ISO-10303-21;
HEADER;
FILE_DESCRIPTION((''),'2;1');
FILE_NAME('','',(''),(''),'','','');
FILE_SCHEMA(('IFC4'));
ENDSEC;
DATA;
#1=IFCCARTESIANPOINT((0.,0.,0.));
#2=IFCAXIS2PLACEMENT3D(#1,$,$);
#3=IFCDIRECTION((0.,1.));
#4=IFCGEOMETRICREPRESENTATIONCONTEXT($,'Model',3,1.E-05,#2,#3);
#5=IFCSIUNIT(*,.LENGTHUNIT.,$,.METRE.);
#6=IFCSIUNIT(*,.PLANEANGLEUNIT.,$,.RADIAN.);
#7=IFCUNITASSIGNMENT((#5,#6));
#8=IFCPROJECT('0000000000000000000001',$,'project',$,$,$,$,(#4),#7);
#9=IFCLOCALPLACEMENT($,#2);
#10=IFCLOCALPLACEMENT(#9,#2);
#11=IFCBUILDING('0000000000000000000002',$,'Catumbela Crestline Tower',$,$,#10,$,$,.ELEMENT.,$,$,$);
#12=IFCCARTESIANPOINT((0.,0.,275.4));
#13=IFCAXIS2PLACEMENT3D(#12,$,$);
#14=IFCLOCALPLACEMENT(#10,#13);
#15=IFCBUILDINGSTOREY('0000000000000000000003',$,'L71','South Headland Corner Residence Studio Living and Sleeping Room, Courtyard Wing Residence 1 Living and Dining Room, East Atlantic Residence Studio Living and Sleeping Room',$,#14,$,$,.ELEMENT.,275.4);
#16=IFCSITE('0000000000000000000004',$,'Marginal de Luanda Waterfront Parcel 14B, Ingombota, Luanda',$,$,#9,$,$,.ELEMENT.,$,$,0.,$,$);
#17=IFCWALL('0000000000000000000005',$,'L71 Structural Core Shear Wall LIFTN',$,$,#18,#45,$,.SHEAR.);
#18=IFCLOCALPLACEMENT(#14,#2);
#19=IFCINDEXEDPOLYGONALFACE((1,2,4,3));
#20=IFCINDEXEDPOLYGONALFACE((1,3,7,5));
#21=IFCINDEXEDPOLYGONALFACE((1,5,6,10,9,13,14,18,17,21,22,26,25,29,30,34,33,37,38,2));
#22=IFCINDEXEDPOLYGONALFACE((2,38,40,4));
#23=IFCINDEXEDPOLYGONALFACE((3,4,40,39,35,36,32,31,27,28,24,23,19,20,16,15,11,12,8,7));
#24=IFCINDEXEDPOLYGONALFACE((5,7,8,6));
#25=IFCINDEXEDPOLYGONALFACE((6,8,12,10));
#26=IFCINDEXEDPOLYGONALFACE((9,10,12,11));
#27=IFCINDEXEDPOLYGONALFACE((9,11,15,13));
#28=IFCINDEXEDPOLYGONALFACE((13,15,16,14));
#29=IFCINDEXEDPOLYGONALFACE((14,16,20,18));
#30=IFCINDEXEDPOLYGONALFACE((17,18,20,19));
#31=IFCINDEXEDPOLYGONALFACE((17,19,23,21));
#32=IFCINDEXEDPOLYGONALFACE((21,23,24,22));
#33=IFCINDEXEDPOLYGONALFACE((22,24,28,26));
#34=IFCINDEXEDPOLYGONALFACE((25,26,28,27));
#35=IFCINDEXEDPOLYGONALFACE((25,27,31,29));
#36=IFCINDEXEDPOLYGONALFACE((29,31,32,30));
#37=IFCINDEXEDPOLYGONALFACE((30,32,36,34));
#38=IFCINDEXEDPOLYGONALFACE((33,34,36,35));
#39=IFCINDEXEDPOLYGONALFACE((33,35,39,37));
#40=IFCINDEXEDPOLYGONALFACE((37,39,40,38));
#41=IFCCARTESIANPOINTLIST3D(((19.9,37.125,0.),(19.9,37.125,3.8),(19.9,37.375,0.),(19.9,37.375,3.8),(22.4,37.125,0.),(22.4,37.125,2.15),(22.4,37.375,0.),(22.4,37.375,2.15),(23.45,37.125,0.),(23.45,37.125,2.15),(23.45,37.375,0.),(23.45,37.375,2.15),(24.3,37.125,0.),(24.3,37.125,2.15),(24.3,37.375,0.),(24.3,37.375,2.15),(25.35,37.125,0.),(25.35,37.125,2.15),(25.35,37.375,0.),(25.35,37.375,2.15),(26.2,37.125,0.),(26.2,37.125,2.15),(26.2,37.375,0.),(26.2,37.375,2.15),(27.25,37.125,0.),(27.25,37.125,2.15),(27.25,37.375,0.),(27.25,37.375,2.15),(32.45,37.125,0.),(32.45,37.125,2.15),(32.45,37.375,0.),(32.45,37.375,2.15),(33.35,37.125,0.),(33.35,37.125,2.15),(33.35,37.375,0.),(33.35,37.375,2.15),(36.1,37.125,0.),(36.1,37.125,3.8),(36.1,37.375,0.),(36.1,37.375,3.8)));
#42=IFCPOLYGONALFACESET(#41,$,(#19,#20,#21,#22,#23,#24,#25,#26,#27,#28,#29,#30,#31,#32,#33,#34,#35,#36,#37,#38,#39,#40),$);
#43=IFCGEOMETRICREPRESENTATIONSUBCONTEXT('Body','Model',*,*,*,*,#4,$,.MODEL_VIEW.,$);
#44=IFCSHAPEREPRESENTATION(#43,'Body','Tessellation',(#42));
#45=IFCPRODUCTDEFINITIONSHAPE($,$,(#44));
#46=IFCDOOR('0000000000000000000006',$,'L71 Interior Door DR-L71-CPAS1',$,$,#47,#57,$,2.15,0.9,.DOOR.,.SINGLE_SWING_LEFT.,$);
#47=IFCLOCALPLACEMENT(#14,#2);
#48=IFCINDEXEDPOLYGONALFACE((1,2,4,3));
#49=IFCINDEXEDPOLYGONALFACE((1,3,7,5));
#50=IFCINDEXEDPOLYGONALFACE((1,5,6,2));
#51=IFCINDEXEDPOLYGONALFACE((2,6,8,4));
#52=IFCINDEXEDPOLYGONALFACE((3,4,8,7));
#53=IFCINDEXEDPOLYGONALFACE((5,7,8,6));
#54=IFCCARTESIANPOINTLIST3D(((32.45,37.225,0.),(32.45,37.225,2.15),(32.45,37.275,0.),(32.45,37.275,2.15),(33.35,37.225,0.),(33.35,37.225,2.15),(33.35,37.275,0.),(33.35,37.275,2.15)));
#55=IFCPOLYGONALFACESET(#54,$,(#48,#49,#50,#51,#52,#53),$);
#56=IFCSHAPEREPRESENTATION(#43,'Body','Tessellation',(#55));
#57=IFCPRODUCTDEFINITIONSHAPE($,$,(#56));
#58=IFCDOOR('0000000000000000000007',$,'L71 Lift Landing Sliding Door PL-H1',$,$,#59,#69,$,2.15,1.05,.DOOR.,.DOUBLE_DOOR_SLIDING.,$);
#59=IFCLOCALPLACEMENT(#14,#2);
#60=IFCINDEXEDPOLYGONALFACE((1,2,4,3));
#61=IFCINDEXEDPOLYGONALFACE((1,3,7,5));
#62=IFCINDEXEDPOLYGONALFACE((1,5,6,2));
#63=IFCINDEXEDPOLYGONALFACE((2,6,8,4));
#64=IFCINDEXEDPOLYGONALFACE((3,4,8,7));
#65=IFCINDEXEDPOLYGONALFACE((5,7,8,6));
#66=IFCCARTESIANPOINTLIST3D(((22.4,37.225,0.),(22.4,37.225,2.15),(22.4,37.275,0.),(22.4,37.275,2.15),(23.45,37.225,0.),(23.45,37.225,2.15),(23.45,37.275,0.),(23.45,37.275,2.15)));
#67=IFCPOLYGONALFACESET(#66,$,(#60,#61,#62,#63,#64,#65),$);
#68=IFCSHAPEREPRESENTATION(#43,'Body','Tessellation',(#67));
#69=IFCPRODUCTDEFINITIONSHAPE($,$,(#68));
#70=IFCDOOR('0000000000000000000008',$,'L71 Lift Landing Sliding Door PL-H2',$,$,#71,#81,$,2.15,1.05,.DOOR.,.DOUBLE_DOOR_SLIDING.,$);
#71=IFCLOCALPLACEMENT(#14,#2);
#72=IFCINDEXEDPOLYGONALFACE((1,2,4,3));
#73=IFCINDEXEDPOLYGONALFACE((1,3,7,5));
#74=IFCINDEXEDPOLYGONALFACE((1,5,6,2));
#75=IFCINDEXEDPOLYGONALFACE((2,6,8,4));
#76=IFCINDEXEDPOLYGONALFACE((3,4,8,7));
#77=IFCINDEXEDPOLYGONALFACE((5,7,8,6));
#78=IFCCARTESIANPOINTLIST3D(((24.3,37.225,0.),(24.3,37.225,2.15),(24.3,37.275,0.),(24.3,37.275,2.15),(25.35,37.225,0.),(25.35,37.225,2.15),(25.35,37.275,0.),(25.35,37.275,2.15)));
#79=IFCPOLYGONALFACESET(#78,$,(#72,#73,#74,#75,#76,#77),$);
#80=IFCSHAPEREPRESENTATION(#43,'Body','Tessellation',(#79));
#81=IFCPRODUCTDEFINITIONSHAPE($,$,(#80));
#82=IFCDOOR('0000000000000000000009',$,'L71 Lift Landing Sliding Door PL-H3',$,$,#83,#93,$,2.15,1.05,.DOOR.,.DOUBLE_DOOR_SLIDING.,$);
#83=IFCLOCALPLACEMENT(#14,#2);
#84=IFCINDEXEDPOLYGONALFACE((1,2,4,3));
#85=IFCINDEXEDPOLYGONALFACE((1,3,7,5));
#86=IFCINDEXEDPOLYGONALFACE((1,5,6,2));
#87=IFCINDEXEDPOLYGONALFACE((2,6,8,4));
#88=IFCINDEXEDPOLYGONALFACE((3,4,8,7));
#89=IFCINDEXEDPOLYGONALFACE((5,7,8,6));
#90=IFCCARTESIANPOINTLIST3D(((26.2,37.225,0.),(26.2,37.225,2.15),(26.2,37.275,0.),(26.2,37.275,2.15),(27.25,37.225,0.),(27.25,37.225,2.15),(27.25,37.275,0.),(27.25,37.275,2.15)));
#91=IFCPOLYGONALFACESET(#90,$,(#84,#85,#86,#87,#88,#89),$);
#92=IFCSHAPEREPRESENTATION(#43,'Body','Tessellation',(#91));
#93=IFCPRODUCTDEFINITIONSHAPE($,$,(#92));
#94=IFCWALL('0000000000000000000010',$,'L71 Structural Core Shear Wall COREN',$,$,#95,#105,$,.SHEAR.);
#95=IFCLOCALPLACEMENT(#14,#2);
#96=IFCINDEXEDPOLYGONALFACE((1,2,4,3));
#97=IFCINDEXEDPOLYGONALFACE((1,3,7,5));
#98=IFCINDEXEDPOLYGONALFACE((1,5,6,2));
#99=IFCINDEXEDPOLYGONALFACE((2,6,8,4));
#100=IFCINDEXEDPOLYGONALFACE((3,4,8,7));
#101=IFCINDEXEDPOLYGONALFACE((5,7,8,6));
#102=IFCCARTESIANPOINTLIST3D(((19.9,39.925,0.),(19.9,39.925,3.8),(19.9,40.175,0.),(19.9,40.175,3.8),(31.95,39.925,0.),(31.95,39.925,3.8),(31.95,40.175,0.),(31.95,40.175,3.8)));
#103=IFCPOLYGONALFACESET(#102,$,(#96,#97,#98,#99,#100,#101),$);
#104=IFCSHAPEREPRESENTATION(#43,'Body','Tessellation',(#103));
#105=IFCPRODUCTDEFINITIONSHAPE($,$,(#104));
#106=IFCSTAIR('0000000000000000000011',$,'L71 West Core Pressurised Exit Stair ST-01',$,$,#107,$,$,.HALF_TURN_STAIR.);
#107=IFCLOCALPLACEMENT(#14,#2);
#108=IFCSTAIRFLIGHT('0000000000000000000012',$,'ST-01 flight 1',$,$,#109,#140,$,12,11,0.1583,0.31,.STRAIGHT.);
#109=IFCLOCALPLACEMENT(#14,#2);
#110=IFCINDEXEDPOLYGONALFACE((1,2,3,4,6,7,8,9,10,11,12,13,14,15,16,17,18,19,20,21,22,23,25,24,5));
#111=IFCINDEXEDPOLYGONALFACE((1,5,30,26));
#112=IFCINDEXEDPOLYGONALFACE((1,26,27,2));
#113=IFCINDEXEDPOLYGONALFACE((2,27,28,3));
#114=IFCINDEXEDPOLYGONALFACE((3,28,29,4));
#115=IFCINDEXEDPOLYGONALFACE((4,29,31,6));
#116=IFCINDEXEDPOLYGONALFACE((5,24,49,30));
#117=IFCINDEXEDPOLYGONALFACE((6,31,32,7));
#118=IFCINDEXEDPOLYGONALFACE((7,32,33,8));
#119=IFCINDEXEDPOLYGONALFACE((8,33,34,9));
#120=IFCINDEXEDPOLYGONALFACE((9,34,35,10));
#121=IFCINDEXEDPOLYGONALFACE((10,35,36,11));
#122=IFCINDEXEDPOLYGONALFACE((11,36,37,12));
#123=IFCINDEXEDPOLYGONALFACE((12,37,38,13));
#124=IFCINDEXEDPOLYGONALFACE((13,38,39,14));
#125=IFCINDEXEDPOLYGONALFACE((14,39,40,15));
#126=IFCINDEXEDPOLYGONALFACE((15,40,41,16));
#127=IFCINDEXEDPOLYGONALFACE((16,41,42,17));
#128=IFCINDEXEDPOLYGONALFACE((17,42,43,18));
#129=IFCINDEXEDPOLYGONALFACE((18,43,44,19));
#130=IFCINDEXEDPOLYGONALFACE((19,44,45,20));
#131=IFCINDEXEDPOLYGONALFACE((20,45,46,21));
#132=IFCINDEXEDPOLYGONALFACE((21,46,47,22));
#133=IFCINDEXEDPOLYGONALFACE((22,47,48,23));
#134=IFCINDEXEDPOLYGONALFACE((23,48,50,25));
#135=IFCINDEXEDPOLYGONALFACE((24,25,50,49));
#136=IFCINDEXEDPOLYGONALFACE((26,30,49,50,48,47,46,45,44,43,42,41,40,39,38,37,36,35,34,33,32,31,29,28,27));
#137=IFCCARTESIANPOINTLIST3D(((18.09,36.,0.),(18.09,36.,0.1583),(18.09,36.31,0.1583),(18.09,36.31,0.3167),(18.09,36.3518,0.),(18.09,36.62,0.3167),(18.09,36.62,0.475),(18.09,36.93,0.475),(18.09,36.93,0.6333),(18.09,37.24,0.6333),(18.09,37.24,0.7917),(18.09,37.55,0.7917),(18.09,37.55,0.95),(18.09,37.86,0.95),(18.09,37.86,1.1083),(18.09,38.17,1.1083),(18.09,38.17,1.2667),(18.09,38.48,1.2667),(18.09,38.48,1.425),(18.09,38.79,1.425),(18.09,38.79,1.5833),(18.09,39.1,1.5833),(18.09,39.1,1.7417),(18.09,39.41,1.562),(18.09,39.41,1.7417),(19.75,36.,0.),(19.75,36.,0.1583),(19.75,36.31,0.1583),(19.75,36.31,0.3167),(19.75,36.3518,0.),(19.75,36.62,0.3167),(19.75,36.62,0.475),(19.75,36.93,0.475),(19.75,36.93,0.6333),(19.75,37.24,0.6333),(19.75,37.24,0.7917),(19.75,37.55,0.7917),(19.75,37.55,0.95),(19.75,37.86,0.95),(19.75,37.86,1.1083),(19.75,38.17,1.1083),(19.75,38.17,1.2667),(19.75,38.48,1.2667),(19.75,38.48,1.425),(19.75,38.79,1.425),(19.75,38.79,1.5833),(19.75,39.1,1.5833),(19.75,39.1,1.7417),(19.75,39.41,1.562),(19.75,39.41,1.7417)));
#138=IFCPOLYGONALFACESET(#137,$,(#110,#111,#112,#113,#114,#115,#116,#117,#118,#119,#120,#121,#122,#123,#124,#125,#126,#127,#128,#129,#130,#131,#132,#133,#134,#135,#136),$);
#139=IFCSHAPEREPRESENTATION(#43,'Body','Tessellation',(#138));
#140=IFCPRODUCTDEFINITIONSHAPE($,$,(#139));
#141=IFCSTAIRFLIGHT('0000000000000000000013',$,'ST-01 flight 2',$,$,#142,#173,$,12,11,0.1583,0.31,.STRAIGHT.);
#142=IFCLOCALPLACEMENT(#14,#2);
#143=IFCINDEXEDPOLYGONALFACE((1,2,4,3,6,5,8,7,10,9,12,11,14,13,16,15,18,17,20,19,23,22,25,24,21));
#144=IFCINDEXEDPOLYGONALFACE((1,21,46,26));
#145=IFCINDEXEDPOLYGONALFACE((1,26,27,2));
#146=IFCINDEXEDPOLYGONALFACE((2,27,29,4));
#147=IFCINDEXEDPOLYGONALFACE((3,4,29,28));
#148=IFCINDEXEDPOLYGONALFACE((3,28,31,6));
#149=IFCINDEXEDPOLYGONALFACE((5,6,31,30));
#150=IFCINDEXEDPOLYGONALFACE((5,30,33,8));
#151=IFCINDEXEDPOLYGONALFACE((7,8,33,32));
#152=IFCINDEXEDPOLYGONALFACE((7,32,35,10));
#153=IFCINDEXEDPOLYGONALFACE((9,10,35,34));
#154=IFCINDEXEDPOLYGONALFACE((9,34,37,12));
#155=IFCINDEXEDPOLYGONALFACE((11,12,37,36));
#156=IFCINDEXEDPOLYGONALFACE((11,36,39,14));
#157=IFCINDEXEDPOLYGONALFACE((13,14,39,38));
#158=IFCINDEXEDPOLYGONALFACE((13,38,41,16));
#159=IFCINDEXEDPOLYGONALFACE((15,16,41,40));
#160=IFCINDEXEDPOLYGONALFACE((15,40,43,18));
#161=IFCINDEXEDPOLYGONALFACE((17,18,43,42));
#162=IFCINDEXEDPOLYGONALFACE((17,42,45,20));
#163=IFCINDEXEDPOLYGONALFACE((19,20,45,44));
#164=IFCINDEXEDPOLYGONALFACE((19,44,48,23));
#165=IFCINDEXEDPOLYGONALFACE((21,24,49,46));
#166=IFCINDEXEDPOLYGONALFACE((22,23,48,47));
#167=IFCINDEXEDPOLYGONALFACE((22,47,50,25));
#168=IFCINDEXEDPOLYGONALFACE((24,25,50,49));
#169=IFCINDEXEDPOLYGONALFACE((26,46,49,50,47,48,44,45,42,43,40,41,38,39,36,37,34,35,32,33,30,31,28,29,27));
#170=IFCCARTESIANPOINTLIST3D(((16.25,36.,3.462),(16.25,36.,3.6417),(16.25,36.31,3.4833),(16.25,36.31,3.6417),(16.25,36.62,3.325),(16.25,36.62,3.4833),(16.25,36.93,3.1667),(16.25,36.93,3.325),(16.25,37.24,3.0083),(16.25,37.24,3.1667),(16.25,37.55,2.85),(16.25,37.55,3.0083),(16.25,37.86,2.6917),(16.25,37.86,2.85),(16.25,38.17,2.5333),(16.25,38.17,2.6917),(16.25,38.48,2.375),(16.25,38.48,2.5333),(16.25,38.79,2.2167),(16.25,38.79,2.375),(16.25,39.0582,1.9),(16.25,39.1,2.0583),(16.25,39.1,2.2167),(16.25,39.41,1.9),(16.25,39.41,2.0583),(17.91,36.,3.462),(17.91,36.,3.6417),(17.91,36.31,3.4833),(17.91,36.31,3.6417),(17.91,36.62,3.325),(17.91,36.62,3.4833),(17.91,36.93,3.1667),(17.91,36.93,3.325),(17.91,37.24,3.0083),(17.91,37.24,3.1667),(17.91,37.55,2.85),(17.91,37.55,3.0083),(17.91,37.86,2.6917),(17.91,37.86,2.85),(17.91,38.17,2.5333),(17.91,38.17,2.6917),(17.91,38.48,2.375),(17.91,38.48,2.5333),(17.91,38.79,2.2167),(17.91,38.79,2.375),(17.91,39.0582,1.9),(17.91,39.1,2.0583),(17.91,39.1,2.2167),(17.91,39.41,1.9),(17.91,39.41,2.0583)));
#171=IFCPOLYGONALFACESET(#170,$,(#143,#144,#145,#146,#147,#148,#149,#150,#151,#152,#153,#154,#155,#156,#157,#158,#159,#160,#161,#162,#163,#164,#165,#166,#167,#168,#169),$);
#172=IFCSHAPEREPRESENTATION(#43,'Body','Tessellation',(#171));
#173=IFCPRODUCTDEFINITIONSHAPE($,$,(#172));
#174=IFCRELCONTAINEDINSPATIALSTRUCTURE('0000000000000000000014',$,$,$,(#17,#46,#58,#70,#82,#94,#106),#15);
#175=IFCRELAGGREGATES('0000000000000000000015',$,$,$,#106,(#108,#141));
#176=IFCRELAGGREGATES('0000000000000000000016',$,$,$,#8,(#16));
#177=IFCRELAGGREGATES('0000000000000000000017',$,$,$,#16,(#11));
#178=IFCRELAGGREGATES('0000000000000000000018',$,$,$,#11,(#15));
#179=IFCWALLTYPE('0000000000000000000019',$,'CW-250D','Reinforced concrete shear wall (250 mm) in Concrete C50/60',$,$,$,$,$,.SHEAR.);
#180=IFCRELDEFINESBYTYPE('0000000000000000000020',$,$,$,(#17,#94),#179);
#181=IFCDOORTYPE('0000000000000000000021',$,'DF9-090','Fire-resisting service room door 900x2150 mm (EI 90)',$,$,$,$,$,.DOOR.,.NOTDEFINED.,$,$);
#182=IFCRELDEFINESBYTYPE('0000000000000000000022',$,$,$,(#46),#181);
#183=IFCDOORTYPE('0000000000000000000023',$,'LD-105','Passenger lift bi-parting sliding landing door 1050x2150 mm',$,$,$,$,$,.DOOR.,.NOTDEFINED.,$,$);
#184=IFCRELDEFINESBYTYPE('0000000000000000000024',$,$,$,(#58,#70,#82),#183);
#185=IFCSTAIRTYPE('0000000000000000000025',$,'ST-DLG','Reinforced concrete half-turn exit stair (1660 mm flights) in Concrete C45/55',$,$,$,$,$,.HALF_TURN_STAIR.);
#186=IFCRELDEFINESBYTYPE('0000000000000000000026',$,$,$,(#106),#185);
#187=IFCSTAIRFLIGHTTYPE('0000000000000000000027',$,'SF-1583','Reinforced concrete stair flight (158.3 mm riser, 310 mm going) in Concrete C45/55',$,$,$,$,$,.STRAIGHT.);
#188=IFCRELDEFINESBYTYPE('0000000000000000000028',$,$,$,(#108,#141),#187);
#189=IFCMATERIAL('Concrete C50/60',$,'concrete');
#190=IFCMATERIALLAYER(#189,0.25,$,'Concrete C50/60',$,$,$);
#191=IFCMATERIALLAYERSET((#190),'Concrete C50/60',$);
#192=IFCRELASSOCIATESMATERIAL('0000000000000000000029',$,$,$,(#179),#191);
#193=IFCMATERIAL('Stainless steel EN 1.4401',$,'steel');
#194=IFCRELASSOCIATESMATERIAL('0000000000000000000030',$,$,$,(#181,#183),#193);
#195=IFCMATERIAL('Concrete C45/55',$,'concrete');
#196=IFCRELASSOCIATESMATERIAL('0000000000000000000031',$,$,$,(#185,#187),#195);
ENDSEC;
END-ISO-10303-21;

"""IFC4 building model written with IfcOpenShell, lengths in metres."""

from ifc_helpers import new_model, si_unit, direction, frame, frame_2d, origin, place, context, subcontext, project, spatial, polyline, rectangle, outline, extrude, material, layer, layer_set, type_object, element, fill, aggregate, save


model = new_model("IFC4")

# Units and contexts
model_context = context("Model", 3, precision=1e-05, world=origin(), true_north=direction((0.0, 1.0)))
body_context = subcontext(model_context, "Body", "Model", "MODEL_VIEW")
ifc_project = project(units=[si_unit("LENGTHUNIT", "METRE"), si_unit("PLANEANGLEUNIT", "RADIAN")], contexts=[model_context])

# Site, building, storey
site_placement = place(None, origin())
site = spatial("IfcSite", under=ifc_project, at=site_placement, Name="Marginal de Luanda Waterfront Parcel 14B, Ingombota, Luanda", CompositionType="ELEMENT", RefElevation=0.0)
building_placement = place(site_placement, origin())
building = spatial("IfcBuilding", under=site, at=building_placement, Name="Catumbela Crestline Tower", CompositionType="ELEMENT")
storey_placement = place(building_placement, frame((0.0, 0.0, 275.4)))
storey = spatial("IfcBuildingStorey", under=building, at=storey_placement, Name="L71", Description="South Headland Corner Residence Studio Living and Sleeping Room, Courtyard Wing Residence 1 Living and Dining Room, East Atlantic Residence Studio Living and Sleeping Room", CompositionType="ELEMENT", Elevation=275.4)

# Shared definitions
ifc_material_1 = material(Name="Concrete C50/60", Category="concrete")
ifc_layer = layer(ifc_material_1, 0.25, Name="Concrete C50/60")
ifc_layer_set = layer_set([ifc_layer], Name="Concrete C50/60")
wall_type = type_object("IfcWallType", Name="CW-250D", Description="Reinforced concrete shear wall (250 mm) in Concrete C50/60", PredefinedType="SHEAR", material=ifc_layer_set)

# Shared definitions
ifc_material_2 = material(Name="Stainless steel EN 1.4401", Category="steel")

# Wall, openings, doors
wall_1_placement = place(storey_placement, frame((19.9, 37.25, 0.0), z_axis=(0.0, 0.0, 1.0), x_axis=(1.0, 0.0, 0.0)))
wall_1 = element("IfcWall", 1, at=wall_1_placement, inside=storey, type_object=wall_type, Name="L71 Structural Core Shear Wall LIFTN", PredefinedType="SHEAR", context=body_context, shape_type="SweptSolid", body=[
    extrude(rectangle(XDim=16.2, YDim=0.25, at=frame_2d((8.1, 0.0))), origin(), (0.0, 0.0, 1.0), 3.8),
])
opening_1_placement = place(wall_1_placement, frame((12.55, 0.0, 0.0)))
opening_1 = element("IfcOpeningElement", 2, at=opening_1_placement, cuts=wall_1, PredefinedType="OPENING", context=body_context, shape_type="SweptSolid", body=[
    extrude(rectangle(XDim=0.9, YDim=2.15, at=frame_2d((0.45, 1.075))), frame((0.0, 0.135, 0.0), z_axis=(0.0, -1.0, 0.0), x_axis=(1.0, 0.0, 0.0)), (0.0, 0.0, 1.0), 0.27),
])
opening_2_placement = place(wall_1_placement, frame((2.5, 0.0, 0.0)))
opening_2 = element("IfcOpeningElement", 3, at=opening_2_placement, cuts=wall_1, PredefinedType="OPENING", context=body_context, shape_type="SweptSolid", body=[
    extrude(rectangle(XDim=1.05, YDim=2.15, at=frame_2d((0.525, 1.075))), frame((0.0, 0.135, 0.0), z_axis=(0.0, -1.0, 0.0), x_axis=(1.0, 0.0, 0.0)), (0.0, 0.0, 1.0), 0.27),
])
opening_3_placement = place(wall_1_placement, frame((4.4, 0.0, 0.0)))
opening_3 = element("IfcOpeningElement", 4, at=opening_3_placement, cuts=wall_1, PredefinedType="OPENING", context=body_context, shape_type="SweptSolid", body=[
    extrude(rectangle(XDim=1.05, YDim=2.15, at=frame_2d((0.525, 1.075))), frame((0.0, 0.135, 0.0), z_axis=(0.0, -1.0, 0.0), x_axis=(1.0, 0.0, 0.0)), (0.0, 0.0, 1.0), 0.27),
])
opening_4_placement = place(wall_1_placement, frame((6.3, 0.0, 0.0)))
opening_4 = element("IfcOpeningElement", 5, at=opening_4_placement, cuts=wall_1, PredefinedType="OPENING", context=body_context, shape_type="SweptSolid", body=[
    extrude(rectangle(XDim=1.05, YDim=2.15, at=frame_2d((0.525, 1.075))), frame((0.0, 0.135, 0.0), z_axis=(0.0, -1.0, 0.0), x_axis=(1.0, 0.0, 0.0)), (0.0, 0.0, 1.0), 0.27),
])
door_type_1 = type_object("IfcDoorType", Name="DF9-090", Description="Fire-resisting service room door 900x2150 mm (EI 90)", OperationType="NOTDEFINED", PredefinedType="DOOR", material=ifc_material_2)
door_1_placement = place(opening_1_placement, origin())
door_1 = element("IfcDoor", 6, at=door_1_placement, inside=storey, type_object=door_type_1, Name="L71 Interior Door DR-L71-CPAS1", OperationType="SINGLE_SWING_LEFT", OverallHeight=2.15, OverallWidth=0.9, PredefinedType="DOOR", context=body_context, shape_type="SweptSolid", body=[
    extrude(rectangle(XDim=0.9, YDim=2.15, at=frame_2d((0.45, 1.075))), frame((0.0, 0.025, 0.0), z_axis=(0.0, -1.0, 0.0), x_axis=(1.0, 0.0, 0.0)), (0.0, 0.0, 1.0), 0.05),
])
fill(opening_1, door_1)
door_type_2 = type_object("IfcDoorType", Name="LD-105", Description="Passenger lift bi-parting sliding landing door 1050x2150 mm", OperationType="NOTDEFINED", PredefinedType="DOOR", material=ifc_material_2)
door_2_placement = place(opening_2_placement, origin())
door_2 = element("IfcDoor", 7, at=door_2_placement, inside=storey, type_object=door_type_2, Name="L71 Lift Landing Sliding Door PL-H1", OperationType="DOUBLE_DOOR_SLIDING", OverallHeight=2.15, OverallWidth=1.05, PredefinedType="DOOR", context=body_context, shape_type="SweptSolid", body=[
    extrude(rectangle(XDim=1.05, YDim=2.15, at=frame_2d((0.525, 1.075))), frame((0.0, 0.025, 0.0), z_axis=(0.0, -1.0, 0.0), x_axis=(1.0, 0.0, 0.0)), (0.0, 0.0, 1.0), 0.05),
])
fill(opening_2, door_2)
door_3_placement = place(opening_3_placement, origin())
door_3 = element("IfcDoor", 8, at=door_3_placement, inside=storey, type_object=door_type_2, Name="L71 Lift Landing Sliding Door PL-H2", OperationType="DOUBLE_DOOR_SLIDING", OverallHeight=2.15, OverallWidth=1.05, PredefinedType="DOOR", context=body_context, shape_type="SweptSolid", body=[
    extrude(rectangle(XDim=1.05, YDim=2.15, at=frame_2d((0.525, 1.075))), frame((0.0, 0.025, 0.0), z_axis=(0.0, -1.0, 0.0), x_axis=(1.0, 0.0, 0.0)), (0.0, 0.0, 1.0), 0.05),
])
fill(opening_3, door_3)
door_4_placement = place(opening_4_placement, origin())
door_4 = element("IfcDoor", 9, at=door_4_placement, inside=storey, type_object=door_type_2, Name="L71 Lift Landing Sliding Door PL-H3", OperationType="DOUBLE_DOOR_SLIDING", OverallHeight=2.15, OverallWidth=1.05, PredefinedType="DOOR", context=body_context, shape_type="SweptSolid", body=[
    extrude(rectangle(XDim=1.05, YDim=2.15, at=frame_2d((0.525, 1.075))), frame((0.0, 0.025, 0.0), z_axis=(0.0, -1.0, 0.0), x_axis=(1.0, 0.0, 0.0)), (0.0, 0.0, 1.0), 0.05),
])
fill(opening_4, door_4)

# Wall
wall_2_placement = place(storey_placement, frame((19.9, 40.05, 0.0), z_axis=(0.0, 0.0, 1.0), x_axis=(1.0, 0.0, 0.0)))
element("IfcWall", 10, at=wall_2_placement, inside=storey, type_object=wall_type, Name="L71 Structural Core Shear Wall COREN", PredefinedType="SHEAR", context=body_context, shape_type="SweptSolid", body=[
    extrude(rectangle(XDim=12.05, YDim=0.25, at=frame_2d((6.025, 0.0))), origin(), (0.0, 0.0, 1.0), 3.8),
])

# Stair, stair flights
ifc_material_3 = material(Name="Concrete C45/55", Category="concrete")
stair_type = type_object("IfcStairType", Name="ST-DLG", Description="Reinforced concrete half-turn exit stair (1660 mm flights) in Concrete C45/55", PredefinedType="HALF_TURN_STAIR", material=ifc_material_3)
stair_placement = place(storey_placement, origin())
stair = element("IfcStair", 11, at=stair_placement, inside=storey, type_object=stair_type, Name="L71 West Core Pressurised Exit Stair ST-01", PredefinedType="HALF_TURN_STAIR")
stair_flight_type = type_object("IfcStairFlightType", Name="SF-1583", Description="Reinforced concrete stair flight (158.3 mm riser, 310 mm going) in Concrete C45/55", PredefinedType="STRAIGHT", material=ifc_material_3)
stair_flight_1_placement = place(storey_placement, frame((18.92, 36.0, 0.0), z_axis=(0.0, 0.0, 1.0), x_axis=(0.0, 1.0, 0.0)))
stair_flight_1 = element("IfcStairFlight", 12, at=stair_flight_1_placement, type_object=stair_flight_type, Name="ST-01 flight 1", NumberOfRisers=12, NumberOfTreads=11, PredefinedType="STRAIGHT", RiserHeight=0.1583, TreadLength=0.31, context=body_context, shape_type="SweptSolid", body=[
    extrude(outline(polyline([(0.0, 0.0), (0.0, 0.1583), (0.31, 0.1583), (0.31, 0.3167), (0.62, 0.3167), (0.62, 0.475), (0.93, 0.475), (0.93, 0.6333), (1.24, 0.6333), (1.24, 0.7917), (1.55, 0.7917), (1.55, 0.95), (1.86, 0.95), (1.86, 1.1083), (2.17, 1.1083), (2.17, 1.2667), (2.48, 1.2667), (2.48, 1.425), (2.79, 1.425), (2.79, 1.5833), (3.1, 1.5833), (3.1, 1.7417), (3.41, 1.7417), (3.41, 1.9), (3.41, 1.562), (0.3518, 0.0), (0.0, 0.0)])), frame((0.0, 0.83, 0.0), z_axis=(0.0, -1.0, 0.0), x_axis=(1.0, 0.0, 0.0)), (0.0, 0.0, 1.0), 1.66),
])
stair_flight_2_placement = place(storey_placement, frame((17.08, 39.41, 1.9), z_axis=(0.0, 0.0, 1.0), x_axis=(0.0, -1.0, 0.0)))
stair_flight_2 = element("IfcStairFlight", 13, at=stair_flight_2_placement, type_object=stair_flight_type, Name="ST-01 flight 2", NumberOfRisers=12, NumberOfTreads=11, PredefinedType="STRAIGHT", RiserHeight=0.1583, TreadLength=0.31, context=body_context, shape_type="SweptSolid", body=[
    extrude(outline(polyline([(0.0, 0.0), (0.0, 0.1583), (0.31, 0.1583), (0.31, 0.3167), (0.62, 0.3167), (0.62, 0.475), (0.93, 0.475), (0.93, 0.6333), (1.24, 0.6333), (1.24, 0.7917), (1.55, 0.7917), (1.55, 0.95), (1.86, 0.95), (1.86, 1.1083), (2.17, 1.1083), (2.17, 1.2667), (2.48, 1.2667), (2.48, 1.425), (2.79, 1.425), (2.79, 1.5833), (3.1, 1.5833), (3.1, 1.7417), (3.41, 1.7417), (3.41, 1.9), (3.41, 1.562), (0.3518, 0.0), (0.0, 0.0)])), frame((0.0, 0.83, 0.0), z_axis=(0.0, -1.0, 0.0), x_axis=(1.0, 0.0, 0.0)), (0.0, 0.0, 1.0), 1.66),
])
aggregate(stair, [stair_flight_1, stair_flight_2])

save(model, "model.ifc")
